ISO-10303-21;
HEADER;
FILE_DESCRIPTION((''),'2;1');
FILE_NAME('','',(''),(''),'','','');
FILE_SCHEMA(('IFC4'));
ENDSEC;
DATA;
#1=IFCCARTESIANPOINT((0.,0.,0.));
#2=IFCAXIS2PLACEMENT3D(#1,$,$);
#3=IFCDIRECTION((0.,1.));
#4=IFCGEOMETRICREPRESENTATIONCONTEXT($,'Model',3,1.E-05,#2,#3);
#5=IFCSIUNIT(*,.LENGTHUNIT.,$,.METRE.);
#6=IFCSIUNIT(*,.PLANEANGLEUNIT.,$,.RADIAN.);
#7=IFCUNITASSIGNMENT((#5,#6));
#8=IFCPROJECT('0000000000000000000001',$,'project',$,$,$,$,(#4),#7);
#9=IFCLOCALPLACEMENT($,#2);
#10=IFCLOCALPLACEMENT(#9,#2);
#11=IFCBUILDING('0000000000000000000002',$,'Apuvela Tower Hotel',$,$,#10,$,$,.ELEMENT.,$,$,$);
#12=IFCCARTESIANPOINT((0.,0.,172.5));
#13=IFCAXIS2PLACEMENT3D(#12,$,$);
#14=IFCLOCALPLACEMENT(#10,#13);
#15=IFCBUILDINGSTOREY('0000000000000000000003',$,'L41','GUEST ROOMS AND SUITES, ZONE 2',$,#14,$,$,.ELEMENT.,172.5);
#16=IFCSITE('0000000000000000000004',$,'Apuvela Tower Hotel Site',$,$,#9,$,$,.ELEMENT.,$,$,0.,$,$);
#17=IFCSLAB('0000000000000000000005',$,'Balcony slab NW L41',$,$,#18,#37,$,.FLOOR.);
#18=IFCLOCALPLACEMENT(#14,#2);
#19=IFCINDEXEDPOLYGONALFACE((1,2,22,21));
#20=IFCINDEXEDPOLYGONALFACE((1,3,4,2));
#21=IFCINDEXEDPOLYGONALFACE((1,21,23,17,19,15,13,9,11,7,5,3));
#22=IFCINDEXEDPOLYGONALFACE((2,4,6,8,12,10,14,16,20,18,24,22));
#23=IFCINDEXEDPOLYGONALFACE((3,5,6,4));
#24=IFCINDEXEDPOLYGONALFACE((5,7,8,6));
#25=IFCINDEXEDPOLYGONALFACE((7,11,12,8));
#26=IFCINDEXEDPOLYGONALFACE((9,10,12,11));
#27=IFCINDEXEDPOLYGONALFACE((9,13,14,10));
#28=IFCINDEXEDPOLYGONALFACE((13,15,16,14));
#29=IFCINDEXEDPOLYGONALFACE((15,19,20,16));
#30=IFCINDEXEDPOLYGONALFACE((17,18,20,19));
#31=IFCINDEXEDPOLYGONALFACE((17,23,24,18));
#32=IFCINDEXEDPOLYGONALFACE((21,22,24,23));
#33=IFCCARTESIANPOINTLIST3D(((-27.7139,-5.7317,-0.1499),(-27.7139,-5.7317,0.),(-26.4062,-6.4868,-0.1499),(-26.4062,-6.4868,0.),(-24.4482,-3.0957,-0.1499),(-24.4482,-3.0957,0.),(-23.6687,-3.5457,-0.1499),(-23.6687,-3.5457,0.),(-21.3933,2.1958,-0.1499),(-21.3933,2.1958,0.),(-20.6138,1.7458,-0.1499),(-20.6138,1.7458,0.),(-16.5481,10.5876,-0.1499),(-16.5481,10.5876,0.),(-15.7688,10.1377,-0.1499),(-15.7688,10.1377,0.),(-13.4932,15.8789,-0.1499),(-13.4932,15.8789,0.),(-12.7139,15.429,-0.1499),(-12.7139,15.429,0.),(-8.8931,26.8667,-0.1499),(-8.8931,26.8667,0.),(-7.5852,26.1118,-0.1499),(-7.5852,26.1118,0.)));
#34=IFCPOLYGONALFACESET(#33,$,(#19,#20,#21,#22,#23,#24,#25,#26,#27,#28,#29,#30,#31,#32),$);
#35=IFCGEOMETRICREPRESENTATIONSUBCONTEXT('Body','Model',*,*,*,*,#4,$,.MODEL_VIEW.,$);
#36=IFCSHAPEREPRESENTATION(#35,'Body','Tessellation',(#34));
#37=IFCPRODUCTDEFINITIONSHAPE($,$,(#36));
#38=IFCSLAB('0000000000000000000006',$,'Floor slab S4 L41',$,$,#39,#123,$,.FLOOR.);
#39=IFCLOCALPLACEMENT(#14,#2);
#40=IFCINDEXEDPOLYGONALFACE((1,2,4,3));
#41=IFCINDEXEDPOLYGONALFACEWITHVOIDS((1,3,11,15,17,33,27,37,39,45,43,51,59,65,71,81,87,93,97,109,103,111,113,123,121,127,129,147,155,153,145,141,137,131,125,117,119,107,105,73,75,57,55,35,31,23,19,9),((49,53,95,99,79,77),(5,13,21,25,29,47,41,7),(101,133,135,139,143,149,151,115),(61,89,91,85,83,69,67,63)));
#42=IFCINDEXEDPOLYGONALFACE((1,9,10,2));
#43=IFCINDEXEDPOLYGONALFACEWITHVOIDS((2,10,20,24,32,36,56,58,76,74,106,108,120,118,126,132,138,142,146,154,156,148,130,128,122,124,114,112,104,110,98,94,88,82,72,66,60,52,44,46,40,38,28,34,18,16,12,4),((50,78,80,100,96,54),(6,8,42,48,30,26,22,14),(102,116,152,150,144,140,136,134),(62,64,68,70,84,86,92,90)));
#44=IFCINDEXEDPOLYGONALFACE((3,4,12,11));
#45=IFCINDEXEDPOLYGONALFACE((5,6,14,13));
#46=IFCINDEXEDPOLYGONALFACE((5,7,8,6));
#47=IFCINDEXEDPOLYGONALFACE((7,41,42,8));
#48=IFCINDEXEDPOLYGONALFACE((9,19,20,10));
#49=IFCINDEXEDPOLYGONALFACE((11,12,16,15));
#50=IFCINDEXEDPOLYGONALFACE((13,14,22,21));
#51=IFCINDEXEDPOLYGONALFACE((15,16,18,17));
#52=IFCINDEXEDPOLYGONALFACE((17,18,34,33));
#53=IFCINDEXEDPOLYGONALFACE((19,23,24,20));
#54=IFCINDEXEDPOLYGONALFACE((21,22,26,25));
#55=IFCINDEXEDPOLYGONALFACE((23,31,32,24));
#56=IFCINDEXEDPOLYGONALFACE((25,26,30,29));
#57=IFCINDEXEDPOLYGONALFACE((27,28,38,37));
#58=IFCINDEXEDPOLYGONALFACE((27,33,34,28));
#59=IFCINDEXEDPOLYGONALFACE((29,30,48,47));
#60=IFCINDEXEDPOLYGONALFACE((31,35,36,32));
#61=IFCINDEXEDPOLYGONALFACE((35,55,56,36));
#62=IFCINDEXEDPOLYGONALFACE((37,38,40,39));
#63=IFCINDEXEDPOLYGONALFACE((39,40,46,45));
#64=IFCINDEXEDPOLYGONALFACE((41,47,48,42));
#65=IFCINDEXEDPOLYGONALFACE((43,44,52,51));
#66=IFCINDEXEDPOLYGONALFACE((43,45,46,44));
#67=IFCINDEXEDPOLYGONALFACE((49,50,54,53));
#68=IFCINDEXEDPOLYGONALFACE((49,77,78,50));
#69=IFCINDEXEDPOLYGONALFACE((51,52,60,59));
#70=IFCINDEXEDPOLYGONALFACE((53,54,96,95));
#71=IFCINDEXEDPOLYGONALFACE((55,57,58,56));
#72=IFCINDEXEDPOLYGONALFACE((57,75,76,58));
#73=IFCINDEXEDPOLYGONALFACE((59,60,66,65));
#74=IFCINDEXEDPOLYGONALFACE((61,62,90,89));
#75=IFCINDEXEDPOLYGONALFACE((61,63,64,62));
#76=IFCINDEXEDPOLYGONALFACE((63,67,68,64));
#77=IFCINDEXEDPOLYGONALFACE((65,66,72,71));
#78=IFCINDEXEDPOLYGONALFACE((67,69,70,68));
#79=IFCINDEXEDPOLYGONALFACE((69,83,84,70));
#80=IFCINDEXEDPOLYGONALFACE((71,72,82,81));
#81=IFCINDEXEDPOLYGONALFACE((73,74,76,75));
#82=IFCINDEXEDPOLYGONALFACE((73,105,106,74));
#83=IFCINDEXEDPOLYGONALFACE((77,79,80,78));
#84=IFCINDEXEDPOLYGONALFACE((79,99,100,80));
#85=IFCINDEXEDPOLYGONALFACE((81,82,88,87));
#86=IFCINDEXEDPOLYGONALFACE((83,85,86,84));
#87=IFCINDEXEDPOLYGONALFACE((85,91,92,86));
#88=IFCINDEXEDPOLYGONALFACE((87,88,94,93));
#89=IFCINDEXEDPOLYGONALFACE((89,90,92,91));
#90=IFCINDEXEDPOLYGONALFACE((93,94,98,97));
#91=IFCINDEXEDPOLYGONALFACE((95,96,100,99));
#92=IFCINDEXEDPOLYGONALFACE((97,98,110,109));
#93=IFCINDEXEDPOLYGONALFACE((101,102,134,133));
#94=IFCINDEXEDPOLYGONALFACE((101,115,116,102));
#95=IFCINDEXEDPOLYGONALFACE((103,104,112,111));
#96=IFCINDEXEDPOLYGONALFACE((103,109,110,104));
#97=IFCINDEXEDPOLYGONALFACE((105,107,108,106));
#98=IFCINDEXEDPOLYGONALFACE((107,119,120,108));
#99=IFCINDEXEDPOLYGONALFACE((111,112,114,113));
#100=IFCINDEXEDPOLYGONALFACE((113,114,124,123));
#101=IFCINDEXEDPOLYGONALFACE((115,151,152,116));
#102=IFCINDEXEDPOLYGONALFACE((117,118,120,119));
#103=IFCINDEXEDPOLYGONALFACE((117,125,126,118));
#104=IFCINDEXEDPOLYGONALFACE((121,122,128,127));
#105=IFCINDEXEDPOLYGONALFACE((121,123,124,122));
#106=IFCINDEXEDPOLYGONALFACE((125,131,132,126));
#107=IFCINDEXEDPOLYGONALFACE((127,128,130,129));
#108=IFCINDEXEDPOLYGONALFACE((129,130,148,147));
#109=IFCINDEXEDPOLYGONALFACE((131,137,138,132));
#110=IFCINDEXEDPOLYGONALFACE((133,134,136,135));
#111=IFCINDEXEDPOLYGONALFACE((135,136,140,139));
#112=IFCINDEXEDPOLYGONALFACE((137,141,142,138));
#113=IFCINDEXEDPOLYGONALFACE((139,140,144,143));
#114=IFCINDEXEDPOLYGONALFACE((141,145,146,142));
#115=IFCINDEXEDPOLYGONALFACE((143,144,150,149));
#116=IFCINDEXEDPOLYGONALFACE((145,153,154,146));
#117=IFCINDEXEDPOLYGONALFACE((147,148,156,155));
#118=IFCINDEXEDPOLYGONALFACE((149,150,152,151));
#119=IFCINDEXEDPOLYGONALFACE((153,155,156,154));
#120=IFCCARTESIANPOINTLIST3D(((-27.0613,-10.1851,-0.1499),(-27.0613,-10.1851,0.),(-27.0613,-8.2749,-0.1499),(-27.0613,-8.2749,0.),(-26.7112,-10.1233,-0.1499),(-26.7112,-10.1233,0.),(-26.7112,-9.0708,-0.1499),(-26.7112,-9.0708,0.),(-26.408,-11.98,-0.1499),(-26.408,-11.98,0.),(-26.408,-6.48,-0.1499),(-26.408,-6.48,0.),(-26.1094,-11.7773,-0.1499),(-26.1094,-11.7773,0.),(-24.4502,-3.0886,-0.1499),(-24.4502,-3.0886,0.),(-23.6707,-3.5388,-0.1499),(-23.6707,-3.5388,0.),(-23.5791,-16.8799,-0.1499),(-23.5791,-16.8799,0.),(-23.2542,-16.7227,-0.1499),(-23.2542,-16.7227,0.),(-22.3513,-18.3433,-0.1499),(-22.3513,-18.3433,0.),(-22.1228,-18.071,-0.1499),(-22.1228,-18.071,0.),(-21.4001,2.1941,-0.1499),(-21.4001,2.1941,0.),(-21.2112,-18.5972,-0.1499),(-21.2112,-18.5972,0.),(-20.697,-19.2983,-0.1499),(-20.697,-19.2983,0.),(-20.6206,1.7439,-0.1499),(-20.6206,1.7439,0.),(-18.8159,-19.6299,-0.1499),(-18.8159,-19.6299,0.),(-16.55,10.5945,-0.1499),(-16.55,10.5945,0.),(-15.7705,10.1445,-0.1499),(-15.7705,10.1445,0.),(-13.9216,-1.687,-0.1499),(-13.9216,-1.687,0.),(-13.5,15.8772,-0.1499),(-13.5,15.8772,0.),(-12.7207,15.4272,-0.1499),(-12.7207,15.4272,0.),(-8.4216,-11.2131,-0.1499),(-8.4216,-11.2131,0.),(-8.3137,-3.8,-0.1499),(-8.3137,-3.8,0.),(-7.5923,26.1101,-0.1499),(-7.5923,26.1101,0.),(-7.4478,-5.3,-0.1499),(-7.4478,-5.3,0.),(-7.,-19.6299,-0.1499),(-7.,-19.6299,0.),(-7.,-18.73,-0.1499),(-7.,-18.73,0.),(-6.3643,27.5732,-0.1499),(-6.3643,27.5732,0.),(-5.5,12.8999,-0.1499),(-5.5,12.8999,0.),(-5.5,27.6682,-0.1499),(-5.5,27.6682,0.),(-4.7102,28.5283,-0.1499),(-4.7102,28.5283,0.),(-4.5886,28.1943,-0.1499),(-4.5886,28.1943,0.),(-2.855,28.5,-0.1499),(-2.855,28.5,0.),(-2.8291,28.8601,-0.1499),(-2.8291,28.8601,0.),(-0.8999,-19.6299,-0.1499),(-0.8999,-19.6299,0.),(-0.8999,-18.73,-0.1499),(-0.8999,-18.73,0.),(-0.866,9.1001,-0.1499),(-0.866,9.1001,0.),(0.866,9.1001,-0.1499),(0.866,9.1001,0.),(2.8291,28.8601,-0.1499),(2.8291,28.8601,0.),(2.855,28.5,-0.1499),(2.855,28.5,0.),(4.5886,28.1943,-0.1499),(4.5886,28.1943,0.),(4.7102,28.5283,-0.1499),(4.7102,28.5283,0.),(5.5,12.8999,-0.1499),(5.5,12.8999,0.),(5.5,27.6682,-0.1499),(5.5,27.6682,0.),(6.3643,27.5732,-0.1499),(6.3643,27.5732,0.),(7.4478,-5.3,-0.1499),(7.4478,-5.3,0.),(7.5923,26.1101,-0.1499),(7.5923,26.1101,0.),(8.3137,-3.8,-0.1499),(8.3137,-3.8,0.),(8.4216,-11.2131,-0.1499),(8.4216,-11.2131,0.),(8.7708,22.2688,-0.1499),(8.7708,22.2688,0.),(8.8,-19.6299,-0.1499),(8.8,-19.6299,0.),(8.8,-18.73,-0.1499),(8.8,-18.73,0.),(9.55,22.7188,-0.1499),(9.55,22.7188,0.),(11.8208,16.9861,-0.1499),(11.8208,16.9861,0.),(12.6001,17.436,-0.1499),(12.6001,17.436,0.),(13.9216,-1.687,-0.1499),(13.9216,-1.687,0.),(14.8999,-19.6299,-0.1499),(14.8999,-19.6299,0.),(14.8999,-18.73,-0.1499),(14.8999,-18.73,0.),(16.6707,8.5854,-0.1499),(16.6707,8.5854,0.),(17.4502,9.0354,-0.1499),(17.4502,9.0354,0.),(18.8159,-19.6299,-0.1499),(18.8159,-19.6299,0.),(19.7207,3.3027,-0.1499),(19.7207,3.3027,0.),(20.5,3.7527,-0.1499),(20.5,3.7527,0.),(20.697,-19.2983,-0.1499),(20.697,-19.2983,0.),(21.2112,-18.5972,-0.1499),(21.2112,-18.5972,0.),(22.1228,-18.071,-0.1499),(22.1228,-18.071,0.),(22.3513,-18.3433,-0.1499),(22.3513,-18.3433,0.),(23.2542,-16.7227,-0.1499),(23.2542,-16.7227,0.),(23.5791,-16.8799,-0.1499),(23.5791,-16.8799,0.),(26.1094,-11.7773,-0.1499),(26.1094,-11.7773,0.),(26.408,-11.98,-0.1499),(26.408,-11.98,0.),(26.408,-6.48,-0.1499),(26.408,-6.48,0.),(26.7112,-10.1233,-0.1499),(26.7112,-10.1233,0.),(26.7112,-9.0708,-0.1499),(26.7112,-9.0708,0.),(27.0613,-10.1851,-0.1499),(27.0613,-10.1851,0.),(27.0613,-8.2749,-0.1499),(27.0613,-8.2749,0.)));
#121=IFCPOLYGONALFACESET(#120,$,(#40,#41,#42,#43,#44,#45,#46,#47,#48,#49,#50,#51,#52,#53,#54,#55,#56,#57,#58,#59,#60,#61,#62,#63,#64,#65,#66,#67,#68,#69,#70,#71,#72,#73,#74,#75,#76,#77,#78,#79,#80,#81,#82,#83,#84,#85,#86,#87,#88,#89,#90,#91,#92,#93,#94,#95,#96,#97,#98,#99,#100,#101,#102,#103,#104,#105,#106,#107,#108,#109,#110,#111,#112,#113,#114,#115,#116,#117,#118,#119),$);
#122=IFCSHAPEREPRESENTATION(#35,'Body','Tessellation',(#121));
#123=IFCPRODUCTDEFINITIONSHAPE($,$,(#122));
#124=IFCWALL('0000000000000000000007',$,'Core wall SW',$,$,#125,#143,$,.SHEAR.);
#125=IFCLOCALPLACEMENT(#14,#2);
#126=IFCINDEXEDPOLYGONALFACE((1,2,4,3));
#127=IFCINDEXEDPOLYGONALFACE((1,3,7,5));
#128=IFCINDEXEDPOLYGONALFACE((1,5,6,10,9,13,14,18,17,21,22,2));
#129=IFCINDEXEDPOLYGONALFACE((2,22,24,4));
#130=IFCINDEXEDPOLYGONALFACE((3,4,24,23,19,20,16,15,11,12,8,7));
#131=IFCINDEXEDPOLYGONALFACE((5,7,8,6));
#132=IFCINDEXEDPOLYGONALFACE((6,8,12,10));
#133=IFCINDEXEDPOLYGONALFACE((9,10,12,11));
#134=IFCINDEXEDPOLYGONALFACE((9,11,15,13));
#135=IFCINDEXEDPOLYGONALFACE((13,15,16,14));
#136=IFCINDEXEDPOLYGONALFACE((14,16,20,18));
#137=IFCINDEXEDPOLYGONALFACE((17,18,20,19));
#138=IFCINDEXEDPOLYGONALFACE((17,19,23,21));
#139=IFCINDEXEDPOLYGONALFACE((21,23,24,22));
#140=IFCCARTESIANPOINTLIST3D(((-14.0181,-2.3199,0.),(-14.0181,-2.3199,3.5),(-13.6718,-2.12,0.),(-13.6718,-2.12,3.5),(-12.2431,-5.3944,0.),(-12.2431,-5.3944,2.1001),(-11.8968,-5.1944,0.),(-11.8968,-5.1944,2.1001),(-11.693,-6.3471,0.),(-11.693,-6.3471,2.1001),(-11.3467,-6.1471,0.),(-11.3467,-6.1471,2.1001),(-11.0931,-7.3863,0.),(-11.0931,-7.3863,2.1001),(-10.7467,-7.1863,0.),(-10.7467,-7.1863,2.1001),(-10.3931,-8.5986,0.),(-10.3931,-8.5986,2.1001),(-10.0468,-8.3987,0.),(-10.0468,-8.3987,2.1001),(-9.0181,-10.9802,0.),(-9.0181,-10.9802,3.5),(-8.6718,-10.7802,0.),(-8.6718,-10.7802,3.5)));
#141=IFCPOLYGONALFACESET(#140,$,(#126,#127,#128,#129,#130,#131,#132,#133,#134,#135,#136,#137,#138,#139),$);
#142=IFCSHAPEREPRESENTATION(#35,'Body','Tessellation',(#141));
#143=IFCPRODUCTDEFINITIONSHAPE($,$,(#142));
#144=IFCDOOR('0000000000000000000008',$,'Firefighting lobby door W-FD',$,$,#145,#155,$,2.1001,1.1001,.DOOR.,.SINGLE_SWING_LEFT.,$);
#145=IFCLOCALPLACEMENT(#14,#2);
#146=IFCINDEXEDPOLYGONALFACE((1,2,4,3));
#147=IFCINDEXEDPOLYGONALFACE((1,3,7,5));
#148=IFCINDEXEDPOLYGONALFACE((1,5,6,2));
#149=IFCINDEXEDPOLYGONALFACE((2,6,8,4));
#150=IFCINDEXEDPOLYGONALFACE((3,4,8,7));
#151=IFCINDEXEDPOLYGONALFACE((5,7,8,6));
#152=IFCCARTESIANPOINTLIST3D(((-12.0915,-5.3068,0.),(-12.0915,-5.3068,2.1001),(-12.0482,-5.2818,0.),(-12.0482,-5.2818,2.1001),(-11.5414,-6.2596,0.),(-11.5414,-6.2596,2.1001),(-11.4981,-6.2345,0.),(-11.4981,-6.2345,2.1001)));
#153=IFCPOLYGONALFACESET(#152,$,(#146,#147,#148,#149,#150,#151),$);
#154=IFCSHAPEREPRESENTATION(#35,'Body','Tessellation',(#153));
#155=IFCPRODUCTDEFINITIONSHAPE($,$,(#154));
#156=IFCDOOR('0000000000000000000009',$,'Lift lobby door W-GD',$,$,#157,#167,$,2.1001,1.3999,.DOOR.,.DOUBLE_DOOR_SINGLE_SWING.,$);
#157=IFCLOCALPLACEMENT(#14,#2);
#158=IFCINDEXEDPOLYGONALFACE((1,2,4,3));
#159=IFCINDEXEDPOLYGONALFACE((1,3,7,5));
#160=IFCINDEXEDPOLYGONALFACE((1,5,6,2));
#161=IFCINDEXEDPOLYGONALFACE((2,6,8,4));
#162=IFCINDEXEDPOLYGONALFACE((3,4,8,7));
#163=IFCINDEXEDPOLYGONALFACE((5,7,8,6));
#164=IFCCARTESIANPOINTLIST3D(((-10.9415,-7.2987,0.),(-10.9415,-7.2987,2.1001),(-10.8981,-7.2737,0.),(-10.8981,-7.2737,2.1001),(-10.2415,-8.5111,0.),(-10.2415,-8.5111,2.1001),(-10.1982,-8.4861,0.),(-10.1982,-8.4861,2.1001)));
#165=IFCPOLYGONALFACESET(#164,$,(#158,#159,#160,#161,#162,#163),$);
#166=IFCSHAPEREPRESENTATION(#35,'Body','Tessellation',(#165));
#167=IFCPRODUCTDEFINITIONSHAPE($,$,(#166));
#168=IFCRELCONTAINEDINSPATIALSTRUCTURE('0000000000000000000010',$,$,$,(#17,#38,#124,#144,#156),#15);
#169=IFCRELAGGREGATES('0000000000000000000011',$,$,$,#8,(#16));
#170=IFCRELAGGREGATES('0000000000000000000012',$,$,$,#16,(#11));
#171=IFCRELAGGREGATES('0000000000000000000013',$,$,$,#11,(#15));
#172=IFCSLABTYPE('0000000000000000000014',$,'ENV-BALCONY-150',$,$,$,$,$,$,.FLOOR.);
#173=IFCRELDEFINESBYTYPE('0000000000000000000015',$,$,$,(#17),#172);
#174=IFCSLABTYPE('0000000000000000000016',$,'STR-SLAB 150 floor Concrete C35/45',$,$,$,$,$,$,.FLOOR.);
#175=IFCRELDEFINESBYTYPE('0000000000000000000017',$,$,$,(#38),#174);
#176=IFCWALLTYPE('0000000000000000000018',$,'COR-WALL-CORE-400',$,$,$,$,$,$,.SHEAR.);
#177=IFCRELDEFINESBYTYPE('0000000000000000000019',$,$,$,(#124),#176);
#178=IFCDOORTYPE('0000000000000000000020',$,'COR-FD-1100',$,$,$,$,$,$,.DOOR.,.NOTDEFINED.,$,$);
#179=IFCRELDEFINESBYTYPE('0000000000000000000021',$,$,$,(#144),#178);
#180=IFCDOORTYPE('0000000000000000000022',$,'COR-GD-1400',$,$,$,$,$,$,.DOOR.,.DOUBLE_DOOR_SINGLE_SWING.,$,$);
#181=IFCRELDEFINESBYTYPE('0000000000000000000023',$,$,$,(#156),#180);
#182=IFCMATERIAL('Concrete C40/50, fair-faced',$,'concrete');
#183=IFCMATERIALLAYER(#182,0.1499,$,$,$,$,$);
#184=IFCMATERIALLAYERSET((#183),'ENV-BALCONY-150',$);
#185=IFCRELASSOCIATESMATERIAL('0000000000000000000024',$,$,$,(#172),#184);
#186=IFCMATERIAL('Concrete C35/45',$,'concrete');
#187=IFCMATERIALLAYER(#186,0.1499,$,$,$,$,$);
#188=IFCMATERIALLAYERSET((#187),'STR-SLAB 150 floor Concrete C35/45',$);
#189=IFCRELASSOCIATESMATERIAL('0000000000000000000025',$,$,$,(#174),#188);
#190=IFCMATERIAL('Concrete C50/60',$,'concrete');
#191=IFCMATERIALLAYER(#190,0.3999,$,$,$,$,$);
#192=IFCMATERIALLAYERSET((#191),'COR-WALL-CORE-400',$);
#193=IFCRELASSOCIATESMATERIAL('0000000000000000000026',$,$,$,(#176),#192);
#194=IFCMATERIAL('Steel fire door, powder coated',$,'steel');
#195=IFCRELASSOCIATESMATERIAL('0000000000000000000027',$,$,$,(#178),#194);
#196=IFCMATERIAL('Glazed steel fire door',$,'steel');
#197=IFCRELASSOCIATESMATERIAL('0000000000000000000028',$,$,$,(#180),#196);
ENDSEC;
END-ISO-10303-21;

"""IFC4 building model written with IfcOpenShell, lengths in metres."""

from ifc_helpers import new_model, si_unit, direction, frame, frame_2d, origin, place, context, subcontext, project, spatial, polyline, rectangle, outline, extrude, material, layer, layer_set, type_object, element, fill, save


model = new_model("IFC4")

# Units and contexts
model_context = context("Model", 3, precision=1e-05, world=origin(), true_north=direction((0.0, 1.0)))
body_context = subcontext(model_context, "Body", "Model", "MODEL_VIEW")
ifc_project = project(units=[si_unit("LENGTHUNIT", "METRE"), si_unit("PLANEANGLEUNIT", "RADIAN")], contexts=[model_context])

# Site, building, storey
site_placement = place(None, origin())
site = spatial("IfcSite", under=ifc_project, at=site_placement, Name="Apuvela Tower Hotel Site", CompositionType="ELEMENT", RefElevation=0.0)
building_placement = place(site_placement, origin())
building = spatial("IfcBuilding", under=site, at=building_placement, Name="Apuvela Tower Hotel", CompositionType="ELEMENT")
storey_placement = place(building_placement, frame((0.0, 0.0, 172.5)))
storey = spatial("IfcBuildingStorey", under=building, at=storey_placement, Name="L41", Description="GUEST ROOMS AND SUITES, ZONE 2", CompositionType="ELEMENT", Elevation=172.5)

# Shared definitions
ifc_material_1 = material(Name="Concrete C50/60", Category="concrete")

# Slabs
ifc_material_2 = material(Name="Concrete C40/50, fair-faced", Category="concrete")
ifc_layer_1 = layer(ifc_material_2, 0.1499)
ifc_layer_set_1 = layer_set([ifc_layer_1], Name="ENV-BALCONY-150")
slab_type_1 = type_object("IfcSlabType", Name="ENV-BALCONY-150", PredefinedType="FLOOR", material=ifc_layer_set_1)
slab_1_placement = place(storey_placement, frame((0.0, 0.0, -0.1499)))
element("IfcSlab", 1, at=slab_1_placement, inside=storey, type_object=slab_type_1, Name="Balcony slab NW L41", PredefinedType="FLOOR", context=body_context, shape_type="SweptSolid", body=[
    extrude(outline(polyline([(-27.7139, -5.7317), (-8.8931, 26.8667), (-7.5852, 26.1118), (-13.4932, 15.8789), (-12.7139, 15.429), (-15.7688, 10.1377), (-16.5481, 10.5876), (-21.3933, 2.1958), (-20.6138, 1.7458), (-23.6687, -3.5457), (-24.4482, -3.0957), (-26.4062, -6.4868), (-27.7139, -5.7317)])), origin(), (0.0, 0.0, 1.0), 0.1499),
])
ifc_material_3 = material(Name="Concrete C35/45", Category="concrete")
ifc_layer_2 = layer(ifc_material_3, 0.1499)
ifc_layer_set_2 = layer_set([ifc_layer_2], Name="STR-SLAB 150 floor Concrete C35/45")
slab_type_2 = type_object("IfcSlabType", Name="STR-SLAB 150 floor Concrete C35/45", PredefinedType="FLOOR", material=ifc_layer_set_2)
slab_2_placement = place(storey_placement, frame((0.0, 0.0, -0.1499)))
element("IfcSlab", 2, at=slab_2_placement, inside=storey, type_object=slab_type_2, Name="Floor slab S4 L41", PredefinedType="FLOOR", context=body_context, shape_type="SweptSolid", body=[
    extrude(outline(polyline([(-6.3643, 27.5732), (-4.7102, 28.5283), (-2.8291, 28.8601), (2.8291, 28.8601), (4.7102, 28.5283), (6.3643, 27.5732), (7.5923, 26.1101), (9.55, 22.7188), (8.7708, 22.2688), (11.8208, 16.9861), (12.6001, 17.436), (17.4502, 9.0354), (16.6707, 8.5854), (19.7207, 3.3027), (20.5, 3.7527), (26.408, -6.48), (27.0613, -8.2749), (27.0613, -10.1851), (26.408, -11.98), (23.5791, -16.8799), (22.3513, -18.3433), (20.697, -19.2983), (18.8159, -19.6299), (14.8999, -19.6299), (14.8999, -18.73), (8.8, -18.73), (8.8, -19.6299), (-0.8999, -19.6299), (-0.8999, -18.73), (-7.0, -18.73), (-7.0, -19.6299), (-18.8159, -19.6299), (-20.697, -19.2983), (-22.3513, -18.3433), (-23.5791, -16.8799), (-26.408, -11.98), (-27.0613, -10.1851), (-27.0613, -8.2749), (-26.408, -6.48), (-24.4502, -3.0886), (-23.6707, -3.5388), (-20.6206, 1.7439), (-21.4001, 2.1941), (-16.55, 10.5945), (-15.7705, 10.1445), (-12.7207, 15.4272), (-13.5, 15.8772), (-7.5923, 26.1101), (-6.3643, 27.5732)]), holes=[polyline([(0.866, 9.1001), (-0.866, 9.1001), (-8.3137, -3.8), (-7.4478, -5.3), (7.4478, -5.3), (8.3137, -3.8), (0.866, 9.1001)]), polyline([(-5.5, 12.8999), (-5.5, 27.6682), (-4.5886, 28.1943), (-2.855, 28.5), (2.855, 28.5), (4.5886, 28.1943), (5.5, 27.6682), (5.5, 12.8999), (-5.5, 12.8999)]), polyline([(-8.4216, -11.2131), (-21.2112, -18.5972), (-22.1228, -18.071), (-23.2542, -16.7227), (-26.1094, -11.7773), (-26.7112, -10.1233), (-26.7112, -9.0708), (-13.9216, -1.687), (-8.4216, -11.2131)]), polyline([(13.9216, -1.687), (26.7112, -9.0708), (26.7112, -10.1233), (26.1094, -11.7773), (23.2542, -16.7227), (22.1228, -18.071), (21.2112, -18.5972), (8.4216, -11.2131), (13.9216, -1.687)])]), origin(), (0.0, 0.0, 1.0), 0.1499),
])

# Wall, openings, doors
ifc_layer_3 = layer(ifc_material_1, 0.3999)
ifc_layer_set_3 = layer_set([ifc_layer_3], Name="COR-WALL-CORE-400")
wall_type_1 = type_object("IfcWallType", Name="COR-WALL-CORE-400", PredefinedType="SHEAR", material=ifc_layer_set_3)
wall_1_placement = place(storey_placement, frame((-13.845, -2.22, 0.0), z_axis=(0.0, 0.0, 1.0), x_axis=(0.500004, -0.866023, 0.0)))
wall_1 = element("IfcWall", 3, at=wall_1_placement, inside=storey, type_object=wall_type_1, Name="Core wall SW", PredefinedType="SHEAR", context=body_context, shape_type="SweptSolid", body=[
    extrude(rectangle(XDim=10.0, YDim=0.3999, at=frame_2d((5.0, 0.0))), origin(), (0.0, 0.0, 1.0), 3.5),
])
opening_1_placement = place(wall_1_placement, frame((3.55, 0.0, 0.0)))
opening_1 = element("IfcOpeningElement", 4, at=opening_1_placement, cuts=wall_1, PredefinedType="OPENING", context=body_context, shape_type="SweptSolid", body=[
    extrude(rectangle(XDim=1.1001, YDim=2.1001, at=frame_2d((0.55, 1.05))), frame((0.0, 0.21, 0.0), z_axis=(0.0, -1.0, 0.0), x_axis=(1.0, 0.0, 0.0)), (0.0, 0.0, 1.0), 0.4199),
])
opening_2_placement = place(wall_1_placement, frame((5.8501, 0.0, 0.0)))
opening_2 = element("IfcOpeningElement", 5, at=opening_2_placement, cuts=wall_1, PredefinedType="OPENING", context=body_context, shape_type="SweptSolid", body=[
    extrude(rectangle(XDim=1.3999, YDim=2.1001, at=frame_2d((0.7, 1.05))), frame((0.0, 0.21, 0.0), z_axis=(0.0, -1.0, 0.0), x_axis=(1.0, 0.0, 0.0)), (0.0, 0.0, 1.0), 0.4199),
])
ifc_material_4 = material(Name="Steel fire door, powder coated", Category="steel")
door_type_1 = type_object("IfcDoorType", Name="COR-FD-1100", OperationType="NOTDEFINED", PredefinedType="DOOR", material=ifc_material_4)
door_1_placement = place(opening_1_placement, frame((1.1001, 0.0, 0.0), z_axis=(0.0, 0.0, 1.0), x_axis=(-1.0, 0.0, 0.0)))
door_1 = element("IfcDoor", 6, at=door_1_placement, inside=storey, type_object=door_type_1, Name="Firefighting lobby door W-FD", OperationType="SINGLE_SWING_LEFT", OverallHeight=2.1001, OverallWidth=1.1001, PredefinedType="DOOR", context=body_context, shape_type="SweptSolid", body=[
    extrude(rectangle(XDim=1.1001, YDim=2.1001, at=frame_2d((0.55, 1.05))), frame((0.0, 0.0249, 0.0), z_axis=(0.0, -1.0, 0.0), x_axis=(1.0, 0.0, 0.0)), (0.0, 0.0, 1.0), 0.05),
])
fill(opening_1, door_1)
ifc_material_5 = material(Name="Glazed steel fire door", Category="steel")
door_type_2 = type_object("IfcDoorType", Name="COR-GD-1400", OperationType="DOUBLE_DOOR_SINGLE_SWING", PredefinedType="DOOR", material=ifc_material_5)
door_2_placement = place(opening_2_placement, frame((1.3999, 0.0, 0.0), z_axis=(0.0, 0.0, 1.0), x_axis=(-1.0, 0.0, 0.0)))
door_2 = element("IfcDoor", 7, at=door_2_placement, inside=storey, type_object=door_type_2, Name="Lift lobby door W-GD", OperationType="DOUBLE_DOOR_SINGLE_SWING", OverallHeight=2.1001, OverallWidth=1.3999, PredefinedType="DOOR", context=body_context, shape_type="SweptSolid", body=[
    extrude(rectangle(XDim=1.3999, YDim=2.1001, at=frame_2d((0.7, 1.05))), frame((0.0, 0.0249, 0.0), z_axis=(0.0, -1.0, 0.0), x_axis=(1.0, 0.0, 0.0)), (0.0, 0.0, 1.0), 0.05),
])
fill(opening_2, door_2)

save(model, "model.ifc")
